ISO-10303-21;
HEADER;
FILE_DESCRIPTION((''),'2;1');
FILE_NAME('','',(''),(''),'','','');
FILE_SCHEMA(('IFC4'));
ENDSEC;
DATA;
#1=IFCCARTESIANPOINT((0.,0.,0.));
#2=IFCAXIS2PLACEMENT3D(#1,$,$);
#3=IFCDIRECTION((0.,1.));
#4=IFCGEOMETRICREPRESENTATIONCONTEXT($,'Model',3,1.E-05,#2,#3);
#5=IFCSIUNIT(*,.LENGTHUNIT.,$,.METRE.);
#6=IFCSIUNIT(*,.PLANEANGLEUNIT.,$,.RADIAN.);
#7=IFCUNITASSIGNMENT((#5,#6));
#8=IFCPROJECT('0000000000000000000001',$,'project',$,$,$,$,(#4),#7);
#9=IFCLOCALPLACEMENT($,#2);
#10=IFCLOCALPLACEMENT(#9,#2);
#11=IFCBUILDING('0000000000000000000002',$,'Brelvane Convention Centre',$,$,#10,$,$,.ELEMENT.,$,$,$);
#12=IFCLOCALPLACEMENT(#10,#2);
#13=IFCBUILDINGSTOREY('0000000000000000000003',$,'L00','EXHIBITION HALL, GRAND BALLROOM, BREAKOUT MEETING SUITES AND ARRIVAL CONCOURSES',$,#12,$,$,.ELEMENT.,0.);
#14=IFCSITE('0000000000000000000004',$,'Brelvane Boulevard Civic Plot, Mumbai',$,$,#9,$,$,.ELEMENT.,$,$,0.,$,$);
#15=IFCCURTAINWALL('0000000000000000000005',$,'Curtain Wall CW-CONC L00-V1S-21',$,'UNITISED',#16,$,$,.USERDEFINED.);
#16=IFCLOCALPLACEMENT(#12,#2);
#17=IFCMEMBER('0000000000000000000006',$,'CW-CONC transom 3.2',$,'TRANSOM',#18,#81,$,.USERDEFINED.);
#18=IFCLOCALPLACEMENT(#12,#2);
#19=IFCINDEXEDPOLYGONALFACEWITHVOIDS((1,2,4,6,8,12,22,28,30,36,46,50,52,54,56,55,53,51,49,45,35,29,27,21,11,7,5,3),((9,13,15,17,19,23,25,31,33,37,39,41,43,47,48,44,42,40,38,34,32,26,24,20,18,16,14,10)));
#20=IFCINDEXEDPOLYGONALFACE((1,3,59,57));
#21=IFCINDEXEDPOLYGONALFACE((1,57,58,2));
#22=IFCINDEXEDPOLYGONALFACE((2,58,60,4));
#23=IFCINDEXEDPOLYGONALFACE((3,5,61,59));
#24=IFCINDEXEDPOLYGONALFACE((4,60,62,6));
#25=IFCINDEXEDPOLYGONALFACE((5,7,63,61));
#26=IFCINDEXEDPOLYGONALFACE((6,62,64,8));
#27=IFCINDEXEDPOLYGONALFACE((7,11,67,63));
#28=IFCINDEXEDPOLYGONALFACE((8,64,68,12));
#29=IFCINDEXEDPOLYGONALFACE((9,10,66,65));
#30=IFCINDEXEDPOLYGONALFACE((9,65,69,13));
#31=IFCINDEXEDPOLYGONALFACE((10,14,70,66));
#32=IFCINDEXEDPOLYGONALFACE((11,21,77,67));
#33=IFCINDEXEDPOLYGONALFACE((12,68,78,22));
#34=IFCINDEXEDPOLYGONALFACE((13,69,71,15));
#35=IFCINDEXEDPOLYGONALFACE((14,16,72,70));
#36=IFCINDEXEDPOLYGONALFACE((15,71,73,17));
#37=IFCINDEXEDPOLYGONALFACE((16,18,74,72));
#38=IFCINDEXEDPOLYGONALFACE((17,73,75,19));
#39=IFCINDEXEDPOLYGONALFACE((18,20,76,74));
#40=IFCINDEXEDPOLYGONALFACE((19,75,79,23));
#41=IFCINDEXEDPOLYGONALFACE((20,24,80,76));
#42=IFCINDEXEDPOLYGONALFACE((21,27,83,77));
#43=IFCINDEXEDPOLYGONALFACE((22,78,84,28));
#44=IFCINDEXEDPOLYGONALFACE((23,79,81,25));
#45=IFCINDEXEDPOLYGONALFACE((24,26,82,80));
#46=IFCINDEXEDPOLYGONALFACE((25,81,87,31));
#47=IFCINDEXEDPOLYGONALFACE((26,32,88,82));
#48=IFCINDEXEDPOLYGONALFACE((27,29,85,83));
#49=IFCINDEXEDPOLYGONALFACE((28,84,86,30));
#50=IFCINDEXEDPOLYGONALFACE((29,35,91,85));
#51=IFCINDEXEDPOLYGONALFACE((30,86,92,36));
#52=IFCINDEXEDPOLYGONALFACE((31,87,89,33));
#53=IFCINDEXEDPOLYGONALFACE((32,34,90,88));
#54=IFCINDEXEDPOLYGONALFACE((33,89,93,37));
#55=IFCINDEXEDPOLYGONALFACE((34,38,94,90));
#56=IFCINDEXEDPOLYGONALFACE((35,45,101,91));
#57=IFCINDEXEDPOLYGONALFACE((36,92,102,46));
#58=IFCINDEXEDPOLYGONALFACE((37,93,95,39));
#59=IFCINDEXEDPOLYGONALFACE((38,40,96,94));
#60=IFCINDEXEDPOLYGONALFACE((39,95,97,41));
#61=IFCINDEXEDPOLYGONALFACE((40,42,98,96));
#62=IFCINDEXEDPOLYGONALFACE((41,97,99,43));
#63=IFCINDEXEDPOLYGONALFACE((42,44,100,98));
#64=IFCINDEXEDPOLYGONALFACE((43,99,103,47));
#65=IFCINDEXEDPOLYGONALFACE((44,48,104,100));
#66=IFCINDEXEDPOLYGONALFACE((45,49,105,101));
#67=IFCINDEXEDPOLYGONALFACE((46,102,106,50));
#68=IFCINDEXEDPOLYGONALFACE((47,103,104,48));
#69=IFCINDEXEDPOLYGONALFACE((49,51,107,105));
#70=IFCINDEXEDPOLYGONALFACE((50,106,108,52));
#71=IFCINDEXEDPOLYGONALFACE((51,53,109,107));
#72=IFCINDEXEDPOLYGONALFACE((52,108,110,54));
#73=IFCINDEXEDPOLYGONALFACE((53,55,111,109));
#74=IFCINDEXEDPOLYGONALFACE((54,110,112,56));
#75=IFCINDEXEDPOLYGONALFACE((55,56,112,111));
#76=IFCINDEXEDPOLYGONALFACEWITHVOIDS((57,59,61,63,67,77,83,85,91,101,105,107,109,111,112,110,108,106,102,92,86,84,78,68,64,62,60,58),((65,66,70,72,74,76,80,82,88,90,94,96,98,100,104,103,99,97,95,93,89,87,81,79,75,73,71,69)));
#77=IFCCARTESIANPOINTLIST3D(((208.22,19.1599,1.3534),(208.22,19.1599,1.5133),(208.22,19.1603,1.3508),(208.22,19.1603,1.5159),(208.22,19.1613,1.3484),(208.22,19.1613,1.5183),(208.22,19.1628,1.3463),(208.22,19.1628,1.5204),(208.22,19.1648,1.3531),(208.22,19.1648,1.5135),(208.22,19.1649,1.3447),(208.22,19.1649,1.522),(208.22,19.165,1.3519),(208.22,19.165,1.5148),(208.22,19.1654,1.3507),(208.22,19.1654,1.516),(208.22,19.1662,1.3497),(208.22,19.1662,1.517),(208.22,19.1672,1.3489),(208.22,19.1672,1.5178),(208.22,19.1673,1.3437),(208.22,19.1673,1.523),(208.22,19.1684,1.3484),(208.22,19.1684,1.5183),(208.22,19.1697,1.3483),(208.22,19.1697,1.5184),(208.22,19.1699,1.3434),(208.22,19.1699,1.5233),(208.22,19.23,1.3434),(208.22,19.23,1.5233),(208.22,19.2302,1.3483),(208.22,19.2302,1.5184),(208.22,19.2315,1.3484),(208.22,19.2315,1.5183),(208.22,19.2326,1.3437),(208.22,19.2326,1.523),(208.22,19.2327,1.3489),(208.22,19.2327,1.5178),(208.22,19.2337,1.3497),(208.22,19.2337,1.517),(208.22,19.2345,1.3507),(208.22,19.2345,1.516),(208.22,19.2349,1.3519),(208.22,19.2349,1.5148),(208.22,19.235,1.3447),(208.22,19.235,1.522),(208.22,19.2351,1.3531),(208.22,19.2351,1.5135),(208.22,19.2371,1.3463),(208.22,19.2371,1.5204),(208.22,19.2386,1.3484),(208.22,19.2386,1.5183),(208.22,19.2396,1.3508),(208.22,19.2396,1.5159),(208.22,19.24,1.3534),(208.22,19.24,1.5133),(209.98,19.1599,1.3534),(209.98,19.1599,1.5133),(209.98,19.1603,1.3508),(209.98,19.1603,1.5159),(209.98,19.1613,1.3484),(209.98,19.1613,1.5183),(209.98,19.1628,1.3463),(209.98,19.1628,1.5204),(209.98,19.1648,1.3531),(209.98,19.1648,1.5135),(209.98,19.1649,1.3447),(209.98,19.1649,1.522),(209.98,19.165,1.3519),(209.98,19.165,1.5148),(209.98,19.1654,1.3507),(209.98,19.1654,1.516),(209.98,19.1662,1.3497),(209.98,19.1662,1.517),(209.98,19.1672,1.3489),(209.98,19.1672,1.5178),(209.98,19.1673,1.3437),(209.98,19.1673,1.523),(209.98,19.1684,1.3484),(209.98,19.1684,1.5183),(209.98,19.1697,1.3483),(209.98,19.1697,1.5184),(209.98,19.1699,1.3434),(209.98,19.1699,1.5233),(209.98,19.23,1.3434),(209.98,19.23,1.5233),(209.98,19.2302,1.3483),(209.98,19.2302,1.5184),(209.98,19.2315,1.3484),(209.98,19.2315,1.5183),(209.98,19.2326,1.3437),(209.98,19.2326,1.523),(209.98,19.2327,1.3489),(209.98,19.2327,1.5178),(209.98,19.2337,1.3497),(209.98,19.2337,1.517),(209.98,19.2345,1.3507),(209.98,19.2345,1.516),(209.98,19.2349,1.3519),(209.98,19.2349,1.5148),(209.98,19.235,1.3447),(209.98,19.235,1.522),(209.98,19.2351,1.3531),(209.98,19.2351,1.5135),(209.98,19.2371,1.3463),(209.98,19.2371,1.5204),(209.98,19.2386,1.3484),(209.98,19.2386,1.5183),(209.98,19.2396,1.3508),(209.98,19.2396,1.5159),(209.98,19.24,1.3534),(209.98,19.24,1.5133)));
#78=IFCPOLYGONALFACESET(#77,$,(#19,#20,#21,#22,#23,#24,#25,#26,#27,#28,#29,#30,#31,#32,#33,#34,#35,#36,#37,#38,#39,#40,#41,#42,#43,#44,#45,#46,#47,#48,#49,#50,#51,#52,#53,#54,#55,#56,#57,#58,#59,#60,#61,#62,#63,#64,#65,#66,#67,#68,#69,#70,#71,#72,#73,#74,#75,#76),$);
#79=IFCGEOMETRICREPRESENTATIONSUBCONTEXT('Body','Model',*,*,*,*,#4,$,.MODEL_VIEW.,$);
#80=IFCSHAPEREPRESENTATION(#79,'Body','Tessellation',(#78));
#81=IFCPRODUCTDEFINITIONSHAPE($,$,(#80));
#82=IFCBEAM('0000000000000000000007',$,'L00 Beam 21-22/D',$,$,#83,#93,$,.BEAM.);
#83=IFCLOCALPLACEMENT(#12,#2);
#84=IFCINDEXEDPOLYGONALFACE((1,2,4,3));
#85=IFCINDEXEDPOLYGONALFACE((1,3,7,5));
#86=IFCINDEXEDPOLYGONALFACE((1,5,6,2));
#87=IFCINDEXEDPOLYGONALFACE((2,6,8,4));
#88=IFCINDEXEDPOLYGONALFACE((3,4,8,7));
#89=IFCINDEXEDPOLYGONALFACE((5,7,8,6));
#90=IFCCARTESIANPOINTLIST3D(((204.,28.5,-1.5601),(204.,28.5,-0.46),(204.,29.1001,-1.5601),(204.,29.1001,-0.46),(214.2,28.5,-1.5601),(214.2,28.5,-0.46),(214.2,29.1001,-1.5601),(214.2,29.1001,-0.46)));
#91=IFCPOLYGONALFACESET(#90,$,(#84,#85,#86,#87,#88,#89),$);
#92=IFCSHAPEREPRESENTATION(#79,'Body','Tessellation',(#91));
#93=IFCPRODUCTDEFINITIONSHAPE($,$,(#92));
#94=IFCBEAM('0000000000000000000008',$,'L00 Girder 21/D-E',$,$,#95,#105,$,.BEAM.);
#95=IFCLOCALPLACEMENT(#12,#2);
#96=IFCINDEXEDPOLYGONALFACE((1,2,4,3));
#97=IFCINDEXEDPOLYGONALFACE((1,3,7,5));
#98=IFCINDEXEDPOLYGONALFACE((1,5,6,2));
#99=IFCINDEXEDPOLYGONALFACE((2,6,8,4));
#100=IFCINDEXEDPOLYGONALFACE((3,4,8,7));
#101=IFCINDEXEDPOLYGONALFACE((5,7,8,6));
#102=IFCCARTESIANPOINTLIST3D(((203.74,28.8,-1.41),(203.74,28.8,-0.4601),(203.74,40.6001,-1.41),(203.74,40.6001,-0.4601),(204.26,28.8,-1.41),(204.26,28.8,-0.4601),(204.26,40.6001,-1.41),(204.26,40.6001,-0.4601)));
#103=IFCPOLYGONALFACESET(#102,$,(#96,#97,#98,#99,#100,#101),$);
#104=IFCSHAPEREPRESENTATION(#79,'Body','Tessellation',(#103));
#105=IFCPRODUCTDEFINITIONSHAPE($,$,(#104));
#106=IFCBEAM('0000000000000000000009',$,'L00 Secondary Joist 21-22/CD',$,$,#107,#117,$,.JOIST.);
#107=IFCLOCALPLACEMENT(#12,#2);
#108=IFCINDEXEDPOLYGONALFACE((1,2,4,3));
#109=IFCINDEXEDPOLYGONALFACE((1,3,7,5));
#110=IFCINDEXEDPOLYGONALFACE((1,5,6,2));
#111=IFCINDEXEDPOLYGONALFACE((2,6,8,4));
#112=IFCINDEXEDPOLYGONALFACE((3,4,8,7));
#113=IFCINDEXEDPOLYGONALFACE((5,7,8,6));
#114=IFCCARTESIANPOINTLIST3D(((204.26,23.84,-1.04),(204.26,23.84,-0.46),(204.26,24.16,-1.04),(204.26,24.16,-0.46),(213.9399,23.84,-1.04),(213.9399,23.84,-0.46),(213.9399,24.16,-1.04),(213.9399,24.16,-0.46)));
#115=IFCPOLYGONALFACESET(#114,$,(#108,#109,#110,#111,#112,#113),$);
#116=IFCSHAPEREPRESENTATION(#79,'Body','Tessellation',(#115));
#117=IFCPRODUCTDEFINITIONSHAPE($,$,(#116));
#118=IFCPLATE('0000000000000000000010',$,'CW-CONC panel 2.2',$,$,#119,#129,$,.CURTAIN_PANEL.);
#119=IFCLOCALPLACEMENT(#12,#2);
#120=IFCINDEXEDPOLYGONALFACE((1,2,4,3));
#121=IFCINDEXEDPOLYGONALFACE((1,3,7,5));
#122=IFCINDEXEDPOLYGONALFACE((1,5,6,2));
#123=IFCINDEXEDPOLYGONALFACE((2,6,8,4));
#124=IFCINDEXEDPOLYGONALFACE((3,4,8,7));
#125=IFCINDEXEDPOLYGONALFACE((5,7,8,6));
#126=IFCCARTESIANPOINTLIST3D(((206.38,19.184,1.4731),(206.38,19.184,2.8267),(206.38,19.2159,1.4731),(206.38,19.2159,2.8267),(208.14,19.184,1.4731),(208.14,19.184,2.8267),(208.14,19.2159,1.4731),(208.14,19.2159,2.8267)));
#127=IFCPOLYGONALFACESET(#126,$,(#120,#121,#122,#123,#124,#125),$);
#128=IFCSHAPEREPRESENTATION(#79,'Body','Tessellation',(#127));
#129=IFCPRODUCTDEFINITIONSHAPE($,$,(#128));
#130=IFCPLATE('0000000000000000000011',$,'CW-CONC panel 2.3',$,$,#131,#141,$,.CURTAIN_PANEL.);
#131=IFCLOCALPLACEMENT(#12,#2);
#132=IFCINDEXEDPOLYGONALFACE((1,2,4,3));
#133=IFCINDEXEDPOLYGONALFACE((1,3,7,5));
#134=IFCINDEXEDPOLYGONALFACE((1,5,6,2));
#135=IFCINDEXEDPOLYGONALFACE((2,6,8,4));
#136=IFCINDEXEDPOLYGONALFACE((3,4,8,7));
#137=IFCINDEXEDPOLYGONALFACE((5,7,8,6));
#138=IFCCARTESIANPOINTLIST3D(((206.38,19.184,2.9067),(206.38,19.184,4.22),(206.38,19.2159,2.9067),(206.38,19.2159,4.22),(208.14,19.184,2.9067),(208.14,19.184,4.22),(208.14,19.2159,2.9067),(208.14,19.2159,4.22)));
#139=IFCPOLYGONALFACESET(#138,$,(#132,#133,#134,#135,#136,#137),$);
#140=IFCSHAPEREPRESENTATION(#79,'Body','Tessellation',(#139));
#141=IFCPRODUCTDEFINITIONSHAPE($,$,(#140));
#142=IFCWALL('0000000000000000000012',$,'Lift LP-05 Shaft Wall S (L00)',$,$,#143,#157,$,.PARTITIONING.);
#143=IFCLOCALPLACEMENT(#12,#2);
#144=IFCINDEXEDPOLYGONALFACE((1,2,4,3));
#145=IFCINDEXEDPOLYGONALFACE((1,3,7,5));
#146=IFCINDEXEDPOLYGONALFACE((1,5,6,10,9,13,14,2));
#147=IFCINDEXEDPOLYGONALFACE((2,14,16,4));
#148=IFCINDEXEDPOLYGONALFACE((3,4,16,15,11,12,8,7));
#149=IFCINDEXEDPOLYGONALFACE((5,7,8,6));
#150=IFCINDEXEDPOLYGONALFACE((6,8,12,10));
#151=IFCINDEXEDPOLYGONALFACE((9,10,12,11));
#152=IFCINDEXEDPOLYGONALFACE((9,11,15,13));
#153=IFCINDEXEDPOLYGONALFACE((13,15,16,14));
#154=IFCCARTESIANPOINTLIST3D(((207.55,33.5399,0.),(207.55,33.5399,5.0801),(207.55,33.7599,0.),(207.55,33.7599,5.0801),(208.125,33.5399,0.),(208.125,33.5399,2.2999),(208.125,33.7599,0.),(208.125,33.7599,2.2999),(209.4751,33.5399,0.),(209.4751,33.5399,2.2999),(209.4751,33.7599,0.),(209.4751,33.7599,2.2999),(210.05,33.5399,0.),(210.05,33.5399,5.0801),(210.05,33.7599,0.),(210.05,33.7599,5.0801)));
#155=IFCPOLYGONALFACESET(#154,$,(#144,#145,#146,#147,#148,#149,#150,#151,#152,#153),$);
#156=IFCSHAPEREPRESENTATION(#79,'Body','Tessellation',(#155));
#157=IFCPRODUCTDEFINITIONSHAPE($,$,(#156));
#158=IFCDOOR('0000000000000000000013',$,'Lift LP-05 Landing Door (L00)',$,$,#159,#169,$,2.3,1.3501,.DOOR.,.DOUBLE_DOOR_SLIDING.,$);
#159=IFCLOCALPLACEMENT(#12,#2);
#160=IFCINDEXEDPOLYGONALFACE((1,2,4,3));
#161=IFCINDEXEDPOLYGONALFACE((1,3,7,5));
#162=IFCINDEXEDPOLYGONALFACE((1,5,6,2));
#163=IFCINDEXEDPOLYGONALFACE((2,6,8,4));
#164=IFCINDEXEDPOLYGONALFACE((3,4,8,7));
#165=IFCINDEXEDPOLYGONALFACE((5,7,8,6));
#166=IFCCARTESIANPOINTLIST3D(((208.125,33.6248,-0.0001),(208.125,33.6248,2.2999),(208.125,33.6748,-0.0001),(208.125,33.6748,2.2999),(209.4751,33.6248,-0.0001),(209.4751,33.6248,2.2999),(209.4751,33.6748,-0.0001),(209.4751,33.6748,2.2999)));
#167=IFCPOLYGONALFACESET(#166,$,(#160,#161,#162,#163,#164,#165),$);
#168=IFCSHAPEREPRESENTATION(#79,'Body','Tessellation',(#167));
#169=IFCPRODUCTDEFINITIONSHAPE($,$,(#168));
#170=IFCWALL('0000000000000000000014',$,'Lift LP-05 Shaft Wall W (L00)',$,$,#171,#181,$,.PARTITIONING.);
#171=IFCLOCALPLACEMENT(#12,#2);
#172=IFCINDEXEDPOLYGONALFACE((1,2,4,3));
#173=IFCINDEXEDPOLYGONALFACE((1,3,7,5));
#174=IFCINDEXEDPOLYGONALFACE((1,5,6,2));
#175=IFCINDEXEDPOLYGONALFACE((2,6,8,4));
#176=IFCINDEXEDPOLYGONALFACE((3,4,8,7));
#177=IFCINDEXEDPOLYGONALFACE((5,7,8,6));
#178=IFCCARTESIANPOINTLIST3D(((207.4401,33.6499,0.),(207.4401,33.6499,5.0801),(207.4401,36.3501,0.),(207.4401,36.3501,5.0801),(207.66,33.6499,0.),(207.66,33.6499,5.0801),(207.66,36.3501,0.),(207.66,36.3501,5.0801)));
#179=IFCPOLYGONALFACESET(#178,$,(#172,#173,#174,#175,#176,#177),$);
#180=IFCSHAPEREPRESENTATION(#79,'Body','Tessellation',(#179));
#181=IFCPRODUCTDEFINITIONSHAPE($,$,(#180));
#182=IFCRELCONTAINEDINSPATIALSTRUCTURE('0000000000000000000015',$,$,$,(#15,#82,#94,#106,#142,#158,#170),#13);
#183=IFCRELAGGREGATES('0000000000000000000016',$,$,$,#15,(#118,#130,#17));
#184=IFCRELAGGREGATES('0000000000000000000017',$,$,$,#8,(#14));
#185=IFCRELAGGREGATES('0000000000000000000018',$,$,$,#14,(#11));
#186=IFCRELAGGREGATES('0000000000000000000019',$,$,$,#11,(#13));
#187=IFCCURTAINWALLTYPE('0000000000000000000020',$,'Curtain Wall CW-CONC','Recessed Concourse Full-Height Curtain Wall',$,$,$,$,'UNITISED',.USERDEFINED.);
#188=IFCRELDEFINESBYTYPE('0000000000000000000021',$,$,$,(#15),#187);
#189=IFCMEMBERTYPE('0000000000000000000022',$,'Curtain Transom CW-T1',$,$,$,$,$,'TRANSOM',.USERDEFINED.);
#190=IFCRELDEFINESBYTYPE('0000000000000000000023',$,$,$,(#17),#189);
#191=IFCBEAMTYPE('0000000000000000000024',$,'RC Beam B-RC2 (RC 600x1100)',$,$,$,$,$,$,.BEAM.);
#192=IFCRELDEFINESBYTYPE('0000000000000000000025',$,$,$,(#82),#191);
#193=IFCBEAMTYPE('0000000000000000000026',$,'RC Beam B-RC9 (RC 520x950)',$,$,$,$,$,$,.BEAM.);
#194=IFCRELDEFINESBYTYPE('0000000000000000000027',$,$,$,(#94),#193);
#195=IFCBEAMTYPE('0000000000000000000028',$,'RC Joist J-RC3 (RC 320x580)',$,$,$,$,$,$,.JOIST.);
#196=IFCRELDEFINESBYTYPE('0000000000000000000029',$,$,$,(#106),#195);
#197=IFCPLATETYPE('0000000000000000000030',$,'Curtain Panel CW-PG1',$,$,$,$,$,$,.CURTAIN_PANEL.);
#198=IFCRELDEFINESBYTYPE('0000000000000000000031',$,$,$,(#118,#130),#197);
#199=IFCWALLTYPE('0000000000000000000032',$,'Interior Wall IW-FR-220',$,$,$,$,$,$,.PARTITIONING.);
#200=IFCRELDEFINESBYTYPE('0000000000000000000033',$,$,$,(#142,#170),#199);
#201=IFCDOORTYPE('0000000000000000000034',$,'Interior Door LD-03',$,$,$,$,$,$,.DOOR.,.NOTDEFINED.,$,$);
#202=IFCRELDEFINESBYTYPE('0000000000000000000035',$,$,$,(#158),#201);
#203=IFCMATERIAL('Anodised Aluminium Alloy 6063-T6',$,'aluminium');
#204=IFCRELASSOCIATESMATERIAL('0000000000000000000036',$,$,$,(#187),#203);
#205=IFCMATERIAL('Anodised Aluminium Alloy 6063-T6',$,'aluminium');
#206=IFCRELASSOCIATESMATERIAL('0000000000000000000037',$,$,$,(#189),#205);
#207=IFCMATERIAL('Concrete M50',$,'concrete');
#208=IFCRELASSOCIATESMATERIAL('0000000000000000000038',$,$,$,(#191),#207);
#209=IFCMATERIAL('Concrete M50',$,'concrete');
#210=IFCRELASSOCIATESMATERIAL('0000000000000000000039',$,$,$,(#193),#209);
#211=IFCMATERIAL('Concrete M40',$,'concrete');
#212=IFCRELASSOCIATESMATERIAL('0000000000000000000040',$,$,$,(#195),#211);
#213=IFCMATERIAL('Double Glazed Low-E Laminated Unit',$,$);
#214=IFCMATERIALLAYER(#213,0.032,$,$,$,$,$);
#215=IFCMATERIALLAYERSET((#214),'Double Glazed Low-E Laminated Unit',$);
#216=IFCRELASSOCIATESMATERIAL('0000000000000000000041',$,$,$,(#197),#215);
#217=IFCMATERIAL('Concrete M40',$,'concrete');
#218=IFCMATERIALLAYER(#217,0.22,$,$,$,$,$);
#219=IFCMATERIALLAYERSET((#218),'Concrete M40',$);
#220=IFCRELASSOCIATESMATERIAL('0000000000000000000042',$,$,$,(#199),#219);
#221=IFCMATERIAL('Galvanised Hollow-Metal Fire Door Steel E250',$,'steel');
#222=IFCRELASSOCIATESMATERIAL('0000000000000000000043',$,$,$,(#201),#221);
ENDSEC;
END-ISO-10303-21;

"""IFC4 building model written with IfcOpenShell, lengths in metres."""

from ifc_helpers import new_model, si_unit, direction, frame, frame_2d, origin, origin_2d, place, context, subcontext, project, spatial, rectangle, hollow_rectangle, extrude, material, layer, layer_set, material_profile, profile_set, type_object, element, fill, aggregate, save


model = new_model("IFC4")

# Units and contexts
model_context = context("Model", 3, precision=1e-05, world=origin(), true_north=direction((0.0, 1.0)))
body_context = subcontext(model_context, "Body", "Model", "MODEL_VIEW")
ifc_project = project(units=[si_unit("LENGTHUNIT", "METRE"), si_unit("PLANEANGLEUNIT", "RADIAN")], contexts=[model_context])

# Site, building, storey
site_placement = place(None, origin())
site = spatial("IfcSite", under=ifc_project, at=site_placement, Name="Brelvane Boulevard Civic Plot, Mumbai", CompositionType="ELEMENT", RefElevation=0.0)
building_placement = place(site_placement, origin())
building = spatial("IfcBuilding", under=site, at=building_placement, Name="Brelvane Convention Centre", CompositionType="ELEMENT")
storey_placement = place(building_placement, origin())
storey = spatial("IfcBuildingStorey", under=building, at=storey_placement, Name="L00", Description="EXHIBITION HALL, GRAND BALLROOM, BREAKOUT MEETING SUITES AND ARRIVAL CONCOURSES", CompositionType="ELEMENT", Elevation=0.0)

# Curtain wall, member
ifc_material_1 = material(Name="Anodised Aluminium Alloy 6063-T6", Category="aluminium")
curtain_wall_type = type_object("IfcCurtainWallType", Name="Curtain Wall CW-CONC", Description="Recessed Concourse Full-Height Curtain Wall", ElementType="UNITISED", PredefinedType="USERDEFINED", material=ifc_material_1)
curtain_wall_placement = place(storey_placement, origin())
curtain_wall = element("IfcCurtainWall", 1, at=curtain_wall_placement, inside=storey, type_object=curtain_wall_type, Name="Curtain Wall CW-CONC L00-V1S-21", ObjectType="UNITISED", PredefinedType="USERDEFINED")
ifc_material_2 = material(Name="Anodised Aluminium Alloy 6063-T6", Category="aluminium")
ifc_material_profile_1 = material_profile(ifc_material_2, hollow_rectangle(XDim=0.0801, YDim=0.1799, WallThickness=0.0049, InnerFilletRadius=0.0049, OuterFilletRadius=0.01, at=origin_2d()), Name="ALU-T 180x80x5.0")
ifc_profile_set_1 = profile_set([ifc_material_profile_1], Name="Anodised Aluminium Alloy 6063-T6")
member_type_1 = type_object("IfcMemberType", Name="Curtain Transom CW-T1", ElementType="TRANSOM", PredefinedType="USERDEFINED", material=ifc_profile_set_1)
member_1_placement = place(storey_placement, frame((208.22, 19.2, 1.4333), z_axis=(1.0, 0.0, 0.0), x_axis=(0.0, 1.0, 0.0)))
member_1 = element("IfcMember", 2, at=member_1_placement, type_object=member_type_1, Name="CW-CONC transom 3.2", ObjectType="TRANSOM", PredefinedType="USERDEFINED", context=body_context, shape_type="SweptSolid", body=[
    extrude(hollow_rectangle(XDim=0.0801, YDim=0.1799, WallThickness=0.0049, InnerFilletRadius=0.0049, OuterFilletRadius=0.01, at=origin_2d()), origin(), (0.0, 0.0, 1.0), 1.76),
])

# Beams
ifc_material_3 = material(Name="Concrete M50", Category="concrete")
ifc_material_profile_2 = material_profile(ifc_material_3, rectangle(XDim=0.6001, YDim=1.1001, at=origin_2d()), Name="RC 600x1100")
ifc_profile_set_2 = profile_set([ifc_material_profile_2], Name="Concrete M50")
beam_type_1 = type_object("IfcBeamType", Name="RC Beam B-RC2 (RC 600x1100)", PredefinedType="BEAM", material=ifc_profile_set_2)
beam_1_placement = place(storey_placement, frame((204.0, 28.8, -1.01), z_axis=(1.0, 0.0, 0.0), x_axis=(0.0, 1.0, 0.0)))
element("IfcBeam", 3, at=beam_1_placement, inside=storey, type_object=beam_type_1, Name="L00 Beam 21-22/D", PredefinedType="BEAM", context=body_context, shape_type="SweptSolid", body=[
    extrude(rectangle(XDim=0.6001, YDim=1.1001, at=origin_2d()), origin(), (0.0, 0.0, 1.0), 10.2),
])
ifc_material_4 = material(Name="Concrete M50", Category="concrete")
ifc_material_profile_3 = material_profile(ifc_material_4, rectangle(XDim=0.52, YDim=0.95, at=origin_2d()), Name="RC 520x950")
ifc_profile_set_3 = profile_set([ifc_material_profile_3], Name="Concrete M50")
beam_type_2 = type_object("IfcBeamType", Name="RC Beam B-RC9 (RC 520x950)", PredefinedType="BEAM", material=ifc_profile_set_3)
beam_2_placement = place(storey_placement, frame((204.0, 28.8, -0.9351), z_axis=(0.0, 1.0, 0.0), x_axis=(-1.0, 0.0, 0.0)))
element("IfcBeam", 4, at=beam_2_placement, inside=storey, type_object=beam_type_2, Name="L00 Girder 21/D-E", PredefinedType="BEAM", context=body_context, shape_type="SweptSolid", body=[
    extrude(rectangle(XDim=0.52, YDim=0.95, at=origin_2d()), origin(), (0.0, 0.0, 1.0), 11.8),
])
ifc_material_5 = material(Name="Concrete M40", Category="concrete")
ifc_material_profile_4 = material_profile(ifc_material_5, rectangle(XDim=0.3201, YDim=0.5801, at=origin_2d()), Name="RC 320x580")
ifc_profile_set_4 = profile_set([ifc_material_profile_4], Name="Concrete M40")
beam_type_3 = type_object("IfcBeamType", Name="RC Joist J-RC3 (RC 320x580)", PredefinedType="JOIST", material=ifc_profile_set_4)
beam_3_placement = place(storey_placement, frame((204.26, 24.0, -0.75), z_axis=(1.0, 0.0, 0.0), x_axis=(0.0, 1.0, 0.0)))
element("IfcBeam", 5, at=beam_3_placement, inside=storey, type_object=beam_type_3, Name="L00 Secondary Joist 21-22/CD", PredefinedType="JOIST", context=body_context, shape_type="SweptSolid", body=[
    extrude(rectangle(XDim=0.3201, YDim=0.5801, at=origin_2d()), origin(), (0.0, 0.0, 1.0), 9.6799),
])

# Plates
ifc_material_6 = material(Name="Double Glazed Low-E Laminated Unit")
ifc_layer_1 = layer(ifc_material_6, 0.032)
ifc_layer_set_1 = layer_set([ifc_layer_1], Name="Double Glazed Low-E Laminated Unit")
plate_type = type_object("IfcPlateType", Name="Curtain Panel CW-PG1", PredefinedType="CURTAIN_PANEL", material=ifc_layer_set_1)
plate_1_placement = place(storey_placement, frame((207.26, 19.2, 1.4731), z_axis=(0.0, 0.0, 1.0), x_axis=(1.0, 0.0, 0.0)))
plate_1 = element("IfcPlate", 6, at=plate_1_placement, type_object=plate_type, Name="CW-CONC panel 2.2", PredefinedType="CURTAIN_PANEL", context=body_context, shape_type="SweptSolid", body=[
    extrude(rectangle(XDim=1.76, YDim=0.032, at=origin_2d()), origin(), (0.0, 0.0, 1.0), 1.3535),
])
plate_2_placement = place(storey_placement, frame((207.26, 19.2, 2.9067), z_axis=(0.0, 0.0, 1.0), x_axis=(1.0, 0.0, 0.0)))
plate_2 = element("IfcPlate", 7, at=plate_2_placement, type_object=plate_type, Name="CW-CONC panel 2.3", PredefinedType="CURTAIN_PANEL", context=body_context, shape_type="SweptSolid", body=[
    extrude(rectangle(XDim=1.76, YDim=0.032, at=origin_2d()), origin(), (0.0, 0.0, 1.0), 1.3132),
])
aggregate(curtain_wall, [plate_1, plate_2, member_1])

# Wall, opening, door
ifc_material_7 = material(Name="Concrete M40", Category="concrete")
ifc_layer_2 = layer(ifc_material_7, 0.22)
ifc_layer_set_2 = layer_set([ifc_layer_2], Name="Concrete M40")
wall_type_1 = type_object("IfcWallType", Name="Interior Wall IW-FR-220", PredefinedType="PARTITIONING", material=ifc_layer_set_2)
wall_1_placement = place(storey_placement, frame((207.55, 33.6499, 0.0), z_axis=(0.0, 0.0, 1.0), x_axis=(1.0, 0.0, 0.0)))
wall_1 = element("IfcWall", 8, at=wall_1_placement, inside=storey, type_object=wall_type_1, Name="Lift LP-05 Shaft Wall S (L00)", PredefinedType="PARTITIONING", context=body_context, shape_type="SweptSolid", body=[
    extrude(rectangle(XDim=2.5, YDim=0.22, at=frame_2d((1.25, 0.0))), origin(), (0.0, 0.0, 1.0), 5.0801),
])
opening_1_placement = place(wall_1_placement, frame((0.575, 0.0, 0.0)))
opening_1 = element("IfcOpeningElement", 9, at=opening_1_placement, cuts=wall_1, PredefinedType="OPENING", context=body_context, shape_type="SweptSolid", body=[
    extrude(rectangle(XDim=1.3501, YDim=2.3, at=frame_2d((0.675, 1.1499))), frame((0.0, 0.1199, 0.0), z_axis=(0.0, -1.0, 0.0), x_axis=(1.0, 0.0, 0.0)), (0.0, 0.0, 1.0), 0.24),
])
ifc_material_8 = material(Name="Galvanised Hollow-Metal Fire Door Steel E250", Category="steel")
door_type_1 = type_object("IfcDoorType", Name="Interior Door LD-03", OperationType="NOTDEFINED", PredefinedType="DOOR", material=ifc_material_8)
door_1_placement = place(opening_1_placement, origin())
door_1 = element("IfcDoor", 10, at=door_1_placement, inside=storey, type_object=door_type_1, Name="Lift LP-05 Landing Door (L00)", OperationType="DOUBLE_DOOR_SLIDING", OverallHeight=2.3, OverallWidth=1.3501, PredefinedType="DOOR", context=body_context, shape_type="SweptSolid", body=[
    extrude(rectangle(XDim=1.3501, YDim=2.3, at=frame_2d((0.675, 1.1499))), frame((0.0, 0.0249, 0.0), z_axis=(0.0, -1.0, 0.0), x_axis=(1.0, 0.0, 0.0)), (0.0, 0.0, 1.0), 0.05),
])
fill(opening_1, door_1)

# Wall
wall_2_placement = place(storey_placement, frame((207.55, 33.6499, 0.0), z_axis=(0.0, 0.0, 1.0), x_axis=(0.0, 1.0, 0.0)))
element("IfcWall", 11, at=wall_2_placement, inside=storey, type_object=wall_type_1, Name="Lift LP-05 Shaft Wall W (L00)", PredefinedType="PARTITIONING", context=body_context, shape_type="SweptSolid", body=[
    extrude(rectangle(XDim=2.7002, YDim=0.22, at=frame_2d((1.3501, 0.0))), origin(), (0.0, 0.0, 1.0), 5.0801),
])

save(model, "model.ifc")
